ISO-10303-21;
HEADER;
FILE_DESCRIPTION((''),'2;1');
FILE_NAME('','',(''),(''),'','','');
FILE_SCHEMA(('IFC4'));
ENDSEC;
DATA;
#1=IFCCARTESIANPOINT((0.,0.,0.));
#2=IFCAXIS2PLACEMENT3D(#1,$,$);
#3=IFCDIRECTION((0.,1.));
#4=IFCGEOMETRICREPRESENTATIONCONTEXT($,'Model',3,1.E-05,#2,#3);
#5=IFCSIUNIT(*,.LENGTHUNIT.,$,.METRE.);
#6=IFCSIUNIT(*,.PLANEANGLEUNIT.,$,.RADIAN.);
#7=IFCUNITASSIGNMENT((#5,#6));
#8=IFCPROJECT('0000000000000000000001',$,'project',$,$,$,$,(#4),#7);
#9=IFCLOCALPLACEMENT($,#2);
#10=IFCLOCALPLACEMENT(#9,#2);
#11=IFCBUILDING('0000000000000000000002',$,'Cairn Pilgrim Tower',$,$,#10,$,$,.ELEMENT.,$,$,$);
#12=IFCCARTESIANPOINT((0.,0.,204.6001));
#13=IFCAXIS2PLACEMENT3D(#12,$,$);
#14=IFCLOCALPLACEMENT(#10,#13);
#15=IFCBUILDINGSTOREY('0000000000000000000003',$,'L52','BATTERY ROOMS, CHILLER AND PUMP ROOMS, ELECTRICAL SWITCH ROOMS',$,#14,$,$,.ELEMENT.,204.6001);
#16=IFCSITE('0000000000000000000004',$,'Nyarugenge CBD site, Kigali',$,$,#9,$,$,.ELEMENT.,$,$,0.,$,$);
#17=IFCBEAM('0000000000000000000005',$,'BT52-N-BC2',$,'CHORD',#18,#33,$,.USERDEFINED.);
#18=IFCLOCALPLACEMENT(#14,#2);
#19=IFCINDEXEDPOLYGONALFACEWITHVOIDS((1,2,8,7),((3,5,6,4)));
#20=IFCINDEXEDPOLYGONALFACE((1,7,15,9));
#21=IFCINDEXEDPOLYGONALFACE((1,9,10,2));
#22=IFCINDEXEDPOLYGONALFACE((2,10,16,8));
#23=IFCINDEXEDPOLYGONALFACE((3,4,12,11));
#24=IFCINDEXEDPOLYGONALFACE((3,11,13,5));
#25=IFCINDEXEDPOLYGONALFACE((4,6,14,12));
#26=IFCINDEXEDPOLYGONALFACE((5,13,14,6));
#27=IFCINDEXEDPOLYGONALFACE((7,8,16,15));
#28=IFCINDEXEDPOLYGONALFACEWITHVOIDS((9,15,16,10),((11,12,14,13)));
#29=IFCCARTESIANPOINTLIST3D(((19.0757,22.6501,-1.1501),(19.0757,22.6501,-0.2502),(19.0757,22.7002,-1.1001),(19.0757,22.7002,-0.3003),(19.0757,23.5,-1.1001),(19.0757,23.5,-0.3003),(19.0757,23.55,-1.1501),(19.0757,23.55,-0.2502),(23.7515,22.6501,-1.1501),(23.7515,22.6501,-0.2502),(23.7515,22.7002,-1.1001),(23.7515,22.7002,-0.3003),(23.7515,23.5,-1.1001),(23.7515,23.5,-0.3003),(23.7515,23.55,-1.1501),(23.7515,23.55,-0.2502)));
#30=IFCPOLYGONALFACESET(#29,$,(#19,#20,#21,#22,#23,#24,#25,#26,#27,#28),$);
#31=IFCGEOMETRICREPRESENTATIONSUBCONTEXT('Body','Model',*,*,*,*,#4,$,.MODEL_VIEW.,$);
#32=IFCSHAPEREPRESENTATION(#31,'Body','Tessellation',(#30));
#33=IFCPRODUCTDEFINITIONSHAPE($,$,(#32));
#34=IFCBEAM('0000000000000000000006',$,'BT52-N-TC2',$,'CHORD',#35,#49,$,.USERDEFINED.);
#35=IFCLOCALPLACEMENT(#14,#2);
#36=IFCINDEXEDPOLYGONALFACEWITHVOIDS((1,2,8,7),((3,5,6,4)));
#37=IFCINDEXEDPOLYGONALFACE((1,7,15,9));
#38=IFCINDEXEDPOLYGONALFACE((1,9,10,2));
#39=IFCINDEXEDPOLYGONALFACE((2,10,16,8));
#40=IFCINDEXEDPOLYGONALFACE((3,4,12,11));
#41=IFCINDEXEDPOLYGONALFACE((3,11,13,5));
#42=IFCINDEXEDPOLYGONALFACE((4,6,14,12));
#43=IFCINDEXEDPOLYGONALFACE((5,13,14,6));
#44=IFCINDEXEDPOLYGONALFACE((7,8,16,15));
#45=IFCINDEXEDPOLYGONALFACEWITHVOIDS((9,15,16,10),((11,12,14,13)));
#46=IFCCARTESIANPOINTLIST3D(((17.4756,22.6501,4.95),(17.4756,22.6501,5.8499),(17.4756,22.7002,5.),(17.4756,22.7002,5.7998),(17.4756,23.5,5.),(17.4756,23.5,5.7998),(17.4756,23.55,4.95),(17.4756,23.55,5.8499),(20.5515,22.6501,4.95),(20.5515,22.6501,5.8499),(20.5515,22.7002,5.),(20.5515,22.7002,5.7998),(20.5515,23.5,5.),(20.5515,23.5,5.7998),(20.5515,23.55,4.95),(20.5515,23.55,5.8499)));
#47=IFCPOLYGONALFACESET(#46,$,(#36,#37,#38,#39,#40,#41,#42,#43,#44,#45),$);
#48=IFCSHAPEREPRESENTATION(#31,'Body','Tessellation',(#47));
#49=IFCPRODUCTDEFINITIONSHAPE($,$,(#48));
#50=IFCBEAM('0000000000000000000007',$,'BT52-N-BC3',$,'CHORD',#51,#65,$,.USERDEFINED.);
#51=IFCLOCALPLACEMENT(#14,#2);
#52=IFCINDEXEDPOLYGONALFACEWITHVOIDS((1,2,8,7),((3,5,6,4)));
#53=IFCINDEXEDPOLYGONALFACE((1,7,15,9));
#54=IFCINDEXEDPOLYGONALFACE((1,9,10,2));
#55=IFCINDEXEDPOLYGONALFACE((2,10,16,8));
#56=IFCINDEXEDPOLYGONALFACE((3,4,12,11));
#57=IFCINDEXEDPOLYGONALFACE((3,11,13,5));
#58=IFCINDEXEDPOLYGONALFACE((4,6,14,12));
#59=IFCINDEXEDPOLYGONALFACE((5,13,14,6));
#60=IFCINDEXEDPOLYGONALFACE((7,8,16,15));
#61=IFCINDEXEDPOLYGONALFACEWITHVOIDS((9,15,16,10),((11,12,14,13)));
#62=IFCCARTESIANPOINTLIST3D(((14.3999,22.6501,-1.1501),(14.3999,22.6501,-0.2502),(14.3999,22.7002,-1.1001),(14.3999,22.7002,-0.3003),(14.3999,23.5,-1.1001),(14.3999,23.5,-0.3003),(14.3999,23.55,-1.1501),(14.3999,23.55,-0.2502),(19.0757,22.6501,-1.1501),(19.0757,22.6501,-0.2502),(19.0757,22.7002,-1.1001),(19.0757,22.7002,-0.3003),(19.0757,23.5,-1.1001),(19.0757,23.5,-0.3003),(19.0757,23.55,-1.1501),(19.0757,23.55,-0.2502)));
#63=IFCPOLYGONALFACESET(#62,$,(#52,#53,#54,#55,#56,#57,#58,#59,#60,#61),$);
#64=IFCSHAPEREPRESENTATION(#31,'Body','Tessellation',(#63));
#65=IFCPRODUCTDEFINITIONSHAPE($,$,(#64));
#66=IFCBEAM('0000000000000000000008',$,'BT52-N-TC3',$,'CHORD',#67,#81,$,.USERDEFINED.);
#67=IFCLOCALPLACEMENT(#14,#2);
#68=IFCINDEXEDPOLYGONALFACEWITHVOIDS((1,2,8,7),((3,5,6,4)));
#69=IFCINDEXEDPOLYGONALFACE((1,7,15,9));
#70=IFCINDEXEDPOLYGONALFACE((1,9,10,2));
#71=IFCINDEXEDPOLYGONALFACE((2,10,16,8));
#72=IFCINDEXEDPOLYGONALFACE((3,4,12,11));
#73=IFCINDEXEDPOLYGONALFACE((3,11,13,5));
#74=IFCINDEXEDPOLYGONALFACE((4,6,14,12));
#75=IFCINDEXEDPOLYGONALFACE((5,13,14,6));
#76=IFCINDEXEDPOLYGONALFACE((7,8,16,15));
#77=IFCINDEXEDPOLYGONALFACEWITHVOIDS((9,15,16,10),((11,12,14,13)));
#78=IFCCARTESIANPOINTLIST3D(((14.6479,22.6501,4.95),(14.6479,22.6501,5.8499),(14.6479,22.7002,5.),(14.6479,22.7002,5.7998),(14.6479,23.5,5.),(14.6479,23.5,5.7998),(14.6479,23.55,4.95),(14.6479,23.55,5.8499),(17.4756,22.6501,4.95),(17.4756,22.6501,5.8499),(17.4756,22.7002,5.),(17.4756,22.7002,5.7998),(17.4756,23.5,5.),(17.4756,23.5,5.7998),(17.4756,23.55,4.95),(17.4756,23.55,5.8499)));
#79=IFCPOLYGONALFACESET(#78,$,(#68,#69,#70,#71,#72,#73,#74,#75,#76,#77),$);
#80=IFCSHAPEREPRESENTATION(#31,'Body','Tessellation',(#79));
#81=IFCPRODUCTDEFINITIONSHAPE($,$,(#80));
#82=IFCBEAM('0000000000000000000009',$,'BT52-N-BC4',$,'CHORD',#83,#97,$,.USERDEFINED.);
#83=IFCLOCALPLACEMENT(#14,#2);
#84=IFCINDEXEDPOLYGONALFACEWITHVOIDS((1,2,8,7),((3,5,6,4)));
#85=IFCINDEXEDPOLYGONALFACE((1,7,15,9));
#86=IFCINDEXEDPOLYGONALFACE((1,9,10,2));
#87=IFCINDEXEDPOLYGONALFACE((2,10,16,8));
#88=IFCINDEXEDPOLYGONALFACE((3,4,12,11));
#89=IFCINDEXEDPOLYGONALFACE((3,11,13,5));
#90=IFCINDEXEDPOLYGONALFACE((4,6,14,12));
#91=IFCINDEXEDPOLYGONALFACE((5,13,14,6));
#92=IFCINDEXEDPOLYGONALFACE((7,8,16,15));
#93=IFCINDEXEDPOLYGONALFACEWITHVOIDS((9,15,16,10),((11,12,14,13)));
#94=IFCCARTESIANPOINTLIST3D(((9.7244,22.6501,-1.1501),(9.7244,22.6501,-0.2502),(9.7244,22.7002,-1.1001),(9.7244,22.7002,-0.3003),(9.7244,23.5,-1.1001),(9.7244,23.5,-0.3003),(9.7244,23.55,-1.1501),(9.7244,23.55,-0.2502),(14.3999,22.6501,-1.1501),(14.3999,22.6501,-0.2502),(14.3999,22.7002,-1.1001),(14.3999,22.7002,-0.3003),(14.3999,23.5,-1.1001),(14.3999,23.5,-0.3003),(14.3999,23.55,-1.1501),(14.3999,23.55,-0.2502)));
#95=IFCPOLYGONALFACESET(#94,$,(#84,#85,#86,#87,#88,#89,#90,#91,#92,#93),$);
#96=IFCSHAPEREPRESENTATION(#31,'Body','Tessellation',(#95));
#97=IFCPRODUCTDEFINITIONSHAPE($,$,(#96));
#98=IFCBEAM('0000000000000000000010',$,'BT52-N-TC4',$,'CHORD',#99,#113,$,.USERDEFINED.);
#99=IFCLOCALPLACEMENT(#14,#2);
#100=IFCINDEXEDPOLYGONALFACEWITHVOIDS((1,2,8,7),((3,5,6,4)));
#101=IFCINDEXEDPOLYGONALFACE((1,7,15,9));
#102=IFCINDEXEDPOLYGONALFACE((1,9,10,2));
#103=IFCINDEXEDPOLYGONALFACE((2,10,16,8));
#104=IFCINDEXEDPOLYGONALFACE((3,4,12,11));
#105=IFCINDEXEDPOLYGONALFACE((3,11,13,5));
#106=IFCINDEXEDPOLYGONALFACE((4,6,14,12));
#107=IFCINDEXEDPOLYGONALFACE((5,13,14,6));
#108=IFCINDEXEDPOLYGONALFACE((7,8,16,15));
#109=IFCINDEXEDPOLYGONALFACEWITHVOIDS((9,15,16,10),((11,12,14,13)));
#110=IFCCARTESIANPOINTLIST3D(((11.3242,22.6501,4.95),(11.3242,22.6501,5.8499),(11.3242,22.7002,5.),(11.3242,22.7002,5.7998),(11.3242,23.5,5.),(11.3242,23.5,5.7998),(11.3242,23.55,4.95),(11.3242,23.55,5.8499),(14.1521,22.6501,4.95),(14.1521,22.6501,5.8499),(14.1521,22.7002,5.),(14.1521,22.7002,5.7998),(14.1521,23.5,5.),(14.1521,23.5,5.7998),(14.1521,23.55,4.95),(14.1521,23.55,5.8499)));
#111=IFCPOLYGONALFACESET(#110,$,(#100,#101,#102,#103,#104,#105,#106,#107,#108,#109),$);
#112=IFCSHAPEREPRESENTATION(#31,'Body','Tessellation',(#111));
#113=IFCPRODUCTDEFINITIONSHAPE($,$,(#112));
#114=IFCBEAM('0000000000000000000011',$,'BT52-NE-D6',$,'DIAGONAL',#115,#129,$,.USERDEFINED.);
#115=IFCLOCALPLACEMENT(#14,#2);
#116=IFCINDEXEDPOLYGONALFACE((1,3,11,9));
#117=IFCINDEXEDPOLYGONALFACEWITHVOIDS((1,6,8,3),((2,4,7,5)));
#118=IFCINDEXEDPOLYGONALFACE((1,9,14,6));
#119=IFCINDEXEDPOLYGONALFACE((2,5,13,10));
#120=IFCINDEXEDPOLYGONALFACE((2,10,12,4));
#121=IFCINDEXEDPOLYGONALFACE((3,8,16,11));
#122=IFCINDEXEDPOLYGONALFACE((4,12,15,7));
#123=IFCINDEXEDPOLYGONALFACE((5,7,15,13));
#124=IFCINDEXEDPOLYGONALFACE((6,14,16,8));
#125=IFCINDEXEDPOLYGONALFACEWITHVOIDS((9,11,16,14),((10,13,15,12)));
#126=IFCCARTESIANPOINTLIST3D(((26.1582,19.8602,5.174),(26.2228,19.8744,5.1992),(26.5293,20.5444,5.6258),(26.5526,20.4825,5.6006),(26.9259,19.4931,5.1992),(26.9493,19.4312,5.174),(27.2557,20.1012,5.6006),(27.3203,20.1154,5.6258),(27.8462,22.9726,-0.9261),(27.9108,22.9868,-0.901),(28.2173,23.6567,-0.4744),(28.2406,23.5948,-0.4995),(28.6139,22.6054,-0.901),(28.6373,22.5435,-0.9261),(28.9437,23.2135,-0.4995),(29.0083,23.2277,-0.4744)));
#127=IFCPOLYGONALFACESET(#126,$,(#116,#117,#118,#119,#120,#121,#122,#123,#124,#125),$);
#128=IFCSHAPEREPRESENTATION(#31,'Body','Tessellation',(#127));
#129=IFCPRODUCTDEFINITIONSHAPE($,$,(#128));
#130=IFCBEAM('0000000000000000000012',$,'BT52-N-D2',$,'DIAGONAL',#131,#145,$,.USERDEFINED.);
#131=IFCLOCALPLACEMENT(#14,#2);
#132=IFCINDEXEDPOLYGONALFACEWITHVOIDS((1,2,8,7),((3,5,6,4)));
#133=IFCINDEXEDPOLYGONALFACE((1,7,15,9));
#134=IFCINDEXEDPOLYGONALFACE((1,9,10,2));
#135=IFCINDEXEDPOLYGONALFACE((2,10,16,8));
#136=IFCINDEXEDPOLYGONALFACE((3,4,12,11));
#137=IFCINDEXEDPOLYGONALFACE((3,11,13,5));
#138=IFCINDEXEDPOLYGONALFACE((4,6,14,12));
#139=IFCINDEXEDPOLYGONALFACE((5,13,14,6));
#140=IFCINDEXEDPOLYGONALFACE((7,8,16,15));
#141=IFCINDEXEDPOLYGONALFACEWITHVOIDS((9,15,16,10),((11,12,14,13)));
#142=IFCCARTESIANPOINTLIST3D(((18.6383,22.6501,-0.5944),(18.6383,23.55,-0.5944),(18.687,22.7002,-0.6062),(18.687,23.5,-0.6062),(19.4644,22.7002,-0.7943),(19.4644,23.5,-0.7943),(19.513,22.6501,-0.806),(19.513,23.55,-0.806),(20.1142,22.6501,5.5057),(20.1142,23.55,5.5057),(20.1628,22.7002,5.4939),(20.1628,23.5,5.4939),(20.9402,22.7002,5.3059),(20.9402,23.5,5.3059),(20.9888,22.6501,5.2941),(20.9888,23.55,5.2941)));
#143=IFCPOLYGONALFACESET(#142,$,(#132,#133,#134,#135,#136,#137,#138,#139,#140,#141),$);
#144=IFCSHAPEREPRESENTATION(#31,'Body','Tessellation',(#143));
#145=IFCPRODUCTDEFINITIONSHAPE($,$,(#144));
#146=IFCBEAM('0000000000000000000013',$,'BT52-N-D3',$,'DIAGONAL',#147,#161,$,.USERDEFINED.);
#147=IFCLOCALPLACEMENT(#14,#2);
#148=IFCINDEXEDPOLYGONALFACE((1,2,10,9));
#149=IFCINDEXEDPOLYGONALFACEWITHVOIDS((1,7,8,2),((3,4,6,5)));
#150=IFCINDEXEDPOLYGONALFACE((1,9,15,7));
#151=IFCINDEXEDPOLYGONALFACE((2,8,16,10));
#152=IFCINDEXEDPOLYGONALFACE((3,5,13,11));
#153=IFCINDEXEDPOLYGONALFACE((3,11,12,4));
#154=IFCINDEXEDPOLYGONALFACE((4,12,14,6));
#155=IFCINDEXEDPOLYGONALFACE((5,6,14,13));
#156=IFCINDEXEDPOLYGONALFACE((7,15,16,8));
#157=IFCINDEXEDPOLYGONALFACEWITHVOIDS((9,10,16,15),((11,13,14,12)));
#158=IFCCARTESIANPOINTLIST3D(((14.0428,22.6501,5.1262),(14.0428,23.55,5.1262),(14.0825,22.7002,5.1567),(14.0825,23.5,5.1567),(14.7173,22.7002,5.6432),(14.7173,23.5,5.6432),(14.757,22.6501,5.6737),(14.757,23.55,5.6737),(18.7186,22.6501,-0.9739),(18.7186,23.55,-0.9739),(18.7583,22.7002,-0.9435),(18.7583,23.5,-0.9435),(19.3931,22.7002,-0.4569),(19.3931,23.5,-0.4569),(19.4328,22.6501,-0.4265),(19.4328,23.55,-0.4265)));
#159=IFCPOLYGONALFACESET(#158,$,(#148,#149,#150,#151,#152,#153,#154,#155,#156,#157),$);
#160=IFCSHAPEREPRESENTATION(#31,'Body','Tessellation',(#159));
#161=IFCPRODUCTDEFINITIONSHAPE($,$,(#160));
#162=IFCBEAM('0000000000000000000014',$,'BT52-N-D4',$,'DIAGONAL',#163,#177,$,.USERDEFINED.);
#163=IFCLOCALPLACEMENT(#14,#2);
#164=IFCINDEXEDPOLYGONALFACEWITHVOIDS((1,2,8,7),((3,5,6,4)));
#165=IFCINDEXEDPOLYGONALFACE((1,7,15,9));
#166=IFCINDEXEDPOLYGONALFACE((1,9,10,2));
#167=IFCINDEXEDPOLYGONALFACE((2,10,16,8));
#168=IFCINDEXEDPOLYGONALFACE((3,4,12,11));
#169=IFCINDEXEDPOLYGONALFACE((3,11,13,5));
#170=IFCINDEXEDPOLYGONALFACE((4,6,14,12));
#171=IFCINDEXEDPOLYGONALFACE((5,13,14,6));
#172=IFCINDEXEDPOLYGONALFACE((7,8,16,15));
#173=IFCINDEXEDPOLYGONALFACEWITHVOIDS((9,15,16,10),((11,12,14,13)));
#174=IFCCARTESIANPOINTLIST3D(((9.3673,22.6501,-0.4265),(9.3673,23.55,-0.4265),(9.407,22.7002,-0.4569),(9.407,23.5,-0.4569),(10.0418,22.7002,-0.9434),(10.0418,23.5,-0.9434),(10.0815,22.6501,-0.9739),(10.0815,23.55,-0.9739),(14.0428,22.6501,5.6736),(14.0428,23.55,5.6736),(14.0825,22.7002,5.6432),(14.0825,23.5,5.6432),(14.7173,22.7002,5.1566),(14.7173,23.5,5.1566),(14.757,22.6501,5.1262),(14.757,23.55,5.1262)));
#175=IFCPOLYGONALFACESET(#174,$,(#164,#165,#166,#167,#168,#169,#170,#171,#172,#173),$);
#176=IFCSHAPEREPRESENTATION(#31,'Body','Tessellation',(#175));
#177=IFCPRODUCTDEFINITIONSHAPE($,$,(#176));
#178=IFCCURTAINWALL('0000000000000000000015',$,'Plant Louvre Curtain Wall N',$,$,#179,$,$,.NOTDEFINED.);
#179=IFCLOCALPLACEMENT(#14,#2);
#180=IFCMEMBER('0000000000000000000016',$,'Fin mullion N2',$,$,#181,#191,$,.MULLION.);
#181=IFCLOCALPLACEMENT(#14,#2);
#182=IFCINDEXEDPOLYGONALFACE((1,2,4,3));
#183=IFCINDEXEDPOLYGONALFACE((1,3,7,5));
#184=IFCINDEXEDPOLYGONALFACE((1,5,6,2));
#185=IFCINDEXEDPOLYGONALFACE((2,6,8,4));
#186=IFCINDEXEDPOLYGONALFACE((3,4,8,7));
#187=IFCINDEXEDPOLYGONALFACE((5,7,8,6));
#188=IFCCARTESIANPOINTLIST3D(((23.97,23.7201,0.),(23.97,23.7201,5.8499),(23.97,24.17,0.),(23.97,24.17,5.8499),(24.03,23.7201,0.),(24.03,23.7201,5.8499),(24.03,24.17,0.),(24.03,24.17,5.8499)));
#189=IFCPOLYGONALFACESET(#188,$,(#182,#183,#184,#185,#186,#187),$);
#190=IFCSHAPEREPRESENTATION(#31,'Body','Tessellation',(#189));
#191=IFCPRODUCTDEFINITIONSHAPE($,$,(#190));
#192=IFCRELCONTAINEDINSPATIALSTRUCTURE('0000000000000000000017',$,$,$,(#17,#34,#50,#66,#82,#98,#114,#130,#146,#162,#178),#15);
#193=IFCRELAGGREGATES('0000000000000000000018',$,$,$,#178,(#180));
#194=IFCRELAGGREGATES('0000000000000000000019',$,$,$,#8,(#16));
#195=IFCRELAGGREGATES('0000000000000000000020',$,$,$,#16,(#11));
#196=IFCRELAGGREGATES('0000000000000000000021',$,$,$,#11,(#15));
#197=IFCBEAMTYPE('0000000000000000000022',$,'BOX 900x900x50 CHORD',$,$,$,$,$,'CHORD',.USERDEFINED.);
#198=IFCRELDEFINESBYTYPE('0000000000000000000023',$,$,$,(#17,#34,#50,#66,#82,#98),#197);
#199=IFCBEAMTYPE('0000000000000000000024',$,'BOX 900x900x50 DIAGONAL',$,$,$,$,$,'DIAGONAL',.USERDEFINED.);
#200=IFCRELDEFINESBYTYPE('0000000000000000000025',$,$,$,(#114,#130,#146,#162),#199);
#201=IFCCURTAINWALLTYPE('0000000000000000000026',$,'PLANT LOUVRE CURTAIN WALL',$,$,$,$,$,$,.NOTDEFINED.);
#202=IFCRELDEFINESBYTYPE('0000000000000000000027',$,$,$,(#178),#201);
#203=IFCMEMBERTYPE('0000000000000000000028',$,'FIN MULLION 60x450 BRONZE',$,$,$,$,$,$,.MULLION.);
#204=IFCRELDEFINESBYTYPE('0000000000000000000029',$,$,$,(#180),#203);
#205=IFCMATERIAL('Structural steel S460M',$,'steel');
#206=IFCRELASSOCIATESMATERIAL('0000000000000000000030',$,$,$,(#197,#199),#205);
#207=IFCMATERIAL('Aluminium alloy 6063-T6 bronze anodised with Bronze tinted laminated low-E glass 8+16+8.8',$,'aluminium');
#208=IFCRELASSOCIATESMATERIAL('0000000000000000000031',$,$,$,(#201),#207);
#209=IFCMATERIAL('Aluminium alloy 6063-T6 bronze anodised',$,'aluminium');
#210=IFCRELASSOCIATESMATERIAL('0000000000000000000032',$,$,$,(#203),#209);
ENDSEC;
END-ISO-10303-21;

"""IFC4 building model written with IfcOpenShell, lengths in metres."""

from ifc_helpers import new_model, si_unit, direction, frame, origin, origin_2d, place, context, subcontext, project, spatial, rectangle, hollow_rectangle, extrude, material, material_profile, profile_set, type_object, element, aggregate, save


model = new_model("IFC4")

# Units and contexts
model_context = context("Model", 3, precision=1e-05, world=origin(), true_north=direction((0.0, 1.0)))
body_context = subcontext(model_context, "Body", "Model", "MODEL_VIEW")
ifc_project = project(units=[si_unit("LENGTHUNIT", "METRE"), si_unit("PLANEANGLEUNIT", "RADIAN")], contexts=[model_context])

# Site, building, storey
site_placement = place(None, origin())
site = spatial("IfcSite", under=ifc_project, at=site_placement, Name="Nyarugenge CBD site, Kigali", CompositionType="ELEMENT", RefElevation=0.0)
building_placement = place(site_placement, origin())
building = spatial("IfcBuilding", under=site, at=building_placement, Name="Cairn Pilgrim Tower", CompositionType="ELEMENT")
storey_placement = place(building_placement, frame((0.0, 0.0, 204.6001)))
storey = spatial("IfcBuildingStorey", under=building, at=storey_placement, Name="L52", Description="BATTERY ROOMS, CHILLER AND PUMP ROOMS, ELECTRICAL SWITCH ROOMS", CompositionType="ELEMENT", Elevation=204.6001)

# Shared definitions
ifc_material_1 = material(Name="Structural steel S460M", Category="steel")

# Beams
ifc_material_profile_1 = material_profile(ifc_material_1, hollow_rectangle(XDim=0.8999, YDim=0.8999, WallThickness=0.05, at=origin_2d()), Name="BOX 900x900x50")
ifc_profile_set_1 = profile_set([ifc_material_profile_1], Name="Structural steel S460M")
beam_type_1 = type_object("IfcBeamType", Name="BOX 900x900x50 CHORD", ElementType="CHORD", PredefinedType="USERDEFINED", material=ifc_profile_set_1)
beam_1_placement = place(storey_placement, frame((23.7515, 23.1001, -0.7002), z_axis=(-1.0, 0.0, 0.0), x_axis=(0.0, -1.0, 0.0)))
element("IfcBeam", 1, at=beam_1_placement, inside=storey, type_object=beam_type_1, Name="BT52-N-BC2", ObjectType="CHORD", PredefinedType="USERDEFINED", context=body_context, shape_type="SweptSolid", body=[
    extrude(hollow_rectangle(XDim=0.8999, YDim=0.8999, WallThickness=0.05, at=origin_2d()), origin(), (0.0, 0.0, 1.0), 4.6758),
])
beam_2_placement = place(storey_placement, frame((20.5515, 23.1001, 5.3999), z_axis=(-1.0, 0.0, 0.0), x_axis=(0.0, -1.0, 0.0)))
element("IfcBeam", 2, at=beam_2_placement, inside=storey, type_object=beam_type_1, Name="BT52-N-TC2", ObjectType="CHORD", PredefinedType="USERDEFINED", context=body_context, shape_type="SweptSolid", body=[
    extrude(hollow_rectangle(XDim=0.8999, YDim=0.8999, WallThickness=0.05, at=origin_2d()), origin(), (0.0, 0.0, 1.0), 3.0759),
])
beam_3_placement = place(storey_placement, frame((19.0757, 23.1001, -0.7002), z_axis=(-1.0, 0.0, 0.0), x_axis=(0.0, -1.0, 0.0)))
element("IfcBeam", 3, at=beam_3_placement, inside=storey, type_object=beam_type_1, Name="BT52-N-BC3", ObjectType="CHORD", PredefinedType="USERDEFINED", context=body_context, shape_type="SweptSolid", body=[
    extrude(hollow_rectangle(XDim=0.8999, YDim=0.8999, WallThickness=0.05, at=origin_2d()), origin(), (0.0, 0.0, 1.0), 4.6758),
])
beam_4_placement = place(storey_placement, frame((17.4756, 23.1001, 5.3999), z_axis=(-1.0, 0.0, 0.0), x_axis=(0.0, -1.0, 0.0)))
element("IfcBeam", 4, at=beam_4_placement, inside=storey, type_object=beam_type_1, Name="BT52-N-TC3", ObjectType="CHORD", PredefinedType="USERDEFINED", context=body_context, shape_type="SweptSolid", body=[
    extrude(hollow_rectangle(XDim=0.8999, YDim=0.8999, WallThickness=0.05, at=origin_2d()), origin(), (0.0, 0.0, 1.0), 2.8276),
])
beam_5_placement = place(storey_placement, frame((14.3999, 23.1001, -0.7002), z_axis=(-1.0, 0.0, 0.0), x_axis=(0.0, -1.0, 0.0)))
element("IfcBeam", 5, at=beam_5_placement, inside=storey, type_object=beam_type_1, Name="BT52-N-BC4", ObjectType="CHORD", PredefinedType="USERDEFINED", context=body_context, shape_type="SweptSolid", body=[
    extrude(hollow_rectangle(XDim=0.8999, YDim=0.8999, WallThickness=0.05, at=origin_2d()), origin(), (0.0, 0.0, 1.0), 4.6755),
])
beam_6_placement = place(storey_placement, frame((14.1521, 23.1001, 5.3999), z_axis=(-1.0, 0.0, 0.0), x_axis=(0.0, -1.0, 0.0)))
element("IfcBeam", 6, at=beam_6_placement, inside=storey, type_object=beam_type_1, Name="BT52-N-TC4", ObjectType="CHORD", PredefinedType="USERDEFINED", context=body_context, shape_type="SweptSolid", body=[
    extrude(hollow_rectangle(XDim=0.8999, YDim=0.8999, WallThickness=0.05, at=origin_2d()), origin(), (0.0, 0.0, 1.0), 2.8279),
])
ifc_material_profile_2 = material_profile(ifc_material_1, hollow_rectangle(XDim=0.8999, YDim=0.8999, WallThickness=0.05, at=origin_2d()), Name="BOX 900x900x50")
ifc_profile_set_2 = profile_set([ifc_material_profile_2], Name="Structural steel S460M")
beam_type_2 = type_object("IfcBeamType", Name="BOX 900x900x50 DIAGONAL", ElementType="DIAGONAL", PredefinedType="USERDEFINED", material=ifc_profile_set_2)
beam_7_placement = place(storey_placement, frame((26.7393, 19.9878, 5.3999), z_axis=(0.239324, 0.441264, -0.864876), x_axis=(-0.879037, 0.476754, 0.0)))
element("IfcBeam", 7, at=beam_7_placement, inside=storey, type_object=beam_type_2, Name="BT52-NE-D6", ObjectType="DIAGONAL", PredefinedType="USERDEFINED", context=body_context, shape_type="SweptSolid", body=[
    extrude(hollow_rectangle(XDim=0.8999, YDim=0.8999, WallThickness=0.05, at=origin_2d()), origin(), (0.0, 0.0, 1.0), 7.0532),
])
beam_8_placement = place(storey_placement, frame((20.5515, 23.1001, 5.3999), z_axis=(-0.235151, 0.0, -0.971959), x_axis=(0.0, -1.0, 0.0)))
element("IfcBeam", 8, at=beam_8_placement, inside=storey, type_object=beam_type_2, Name="BT52-N-D2", ObjectType="DIAGONAL", PredefinedType="USERDEFINED", context=body_context, shape_type="SweptSolid", body=[
    extrude(hollow_rectangle(XDim=0.8999, YDim=0.8999, WallThickness=0.05, at=origin_2d()), origin(), (0.0, 0.0, 1.0), 6.2761),
])
beam_9_placement = place(storey_placement, frame((19.0757, 23.1001, -0.7002), z_axis=(-0.608353, 0.0, 0.793667), x_axis=(0.0, -1.0, 0.0)))
element("IfcBeam", 9, at=beam_9_placement, inside=storey, type_object=beam_type_2, Name="BT52-N-D3", ObjectType="DIAGONAL", PredefinedType="USERDEFINED", context=body_context, shape_type="SweptSolid", body=[
    extrude(hollow_rectangle(XDim=0.8999, YDim=0.8999, WallThickness=0.05, at=origin_2d()), origin(), (0.0, 0.0, 1.0), 7.686),
])
beam_10_placement = place(storey_placement, frame((14.3999, 23.1001, 5.3999), z_axis=(-0.608333, 0.0, -0.793682), x_axis=(0.0, -1.0, 0.0)))
element("IfcBeam", 10, at=beam_10_placement, inside=storey, type_object=beam_type_2, Name="BT52-N-D4", ObjectType="DIAGONAL", PredefinedType="USERDEFINED", context=body_context, shape_type="SweptSolid", body=[
    extrude(hollow_rectangle(XDim=0.8999, YDim=0.8999, WallThickness=0.05, at=origin_2d()), origin(), (0.0, 0.0, 1.0), 7.6858),
])

# Curtain wall, member
ifc_material_2 = material(Name="Aluminium alloy 6063-T6 bronze anodised with Bronze tinted laminated low-E glass 8+16+8.8", Category="aluminium")
curtain_wall_type = type_object("IfcCurtainWallType", Name="PLANT LOUVRE CURTAIN WALL", PredefinedType="NOTDEFINED", material=ifc_material_2)
curtain_wall_placement = place(storey_placement, origin())
curtain_wall = element("IfcCurtainWall", 11, at=curtain_wall_placement, inside=storey, type_object=curtain_wall_type, Name="Plant Louvre Curtain Wall N", PredefinedType="NOTDEFINED")
ifc_material_3 = material(Name="Aluminium alloy 6063-T6 bronze anodised", Category="aluminium")
ifc_material_profile_3 = material_profile(ifc_material_3, rectangle(XDim=0.45, YDim=0.0601, at=origin_2d()), Name="FIN MULLION 60x450 BRONZE")
ifc_profile_set_3 = profile_set([ifc_material_profile_3], Name="Aluminium alloy 6063-T6 bronze anodised")
member_type_1 = type_object("IfcMemberType", Name="FIN MULLION 60x450 BRONZE", PredefinedType="MULLION", material=ifc_profile_set_3)
member_1_placement = place(storey_placement, frame((24.0, 23.9451, 0.0), z_axis=(0.0, 0.0, 1.0), x_axis=(0.0, 1.0, 0.0)))
member_1 = element("IfcMember", 12, at=member_1_placement, type_object=member_type_1, Name="Fin mullion N2", PredefinedType="MULLION", context=body_context, shape_type="SweptSolid", body=[
    extrude(rectangle(XDim=0.45, YDim=0.0601, at=origin_2d()), origin(), (0.0, 0.0, 1.0), 5.8499),
])

aggregate(curtain_wall, [member_1])

save(model, "model.ifc")
